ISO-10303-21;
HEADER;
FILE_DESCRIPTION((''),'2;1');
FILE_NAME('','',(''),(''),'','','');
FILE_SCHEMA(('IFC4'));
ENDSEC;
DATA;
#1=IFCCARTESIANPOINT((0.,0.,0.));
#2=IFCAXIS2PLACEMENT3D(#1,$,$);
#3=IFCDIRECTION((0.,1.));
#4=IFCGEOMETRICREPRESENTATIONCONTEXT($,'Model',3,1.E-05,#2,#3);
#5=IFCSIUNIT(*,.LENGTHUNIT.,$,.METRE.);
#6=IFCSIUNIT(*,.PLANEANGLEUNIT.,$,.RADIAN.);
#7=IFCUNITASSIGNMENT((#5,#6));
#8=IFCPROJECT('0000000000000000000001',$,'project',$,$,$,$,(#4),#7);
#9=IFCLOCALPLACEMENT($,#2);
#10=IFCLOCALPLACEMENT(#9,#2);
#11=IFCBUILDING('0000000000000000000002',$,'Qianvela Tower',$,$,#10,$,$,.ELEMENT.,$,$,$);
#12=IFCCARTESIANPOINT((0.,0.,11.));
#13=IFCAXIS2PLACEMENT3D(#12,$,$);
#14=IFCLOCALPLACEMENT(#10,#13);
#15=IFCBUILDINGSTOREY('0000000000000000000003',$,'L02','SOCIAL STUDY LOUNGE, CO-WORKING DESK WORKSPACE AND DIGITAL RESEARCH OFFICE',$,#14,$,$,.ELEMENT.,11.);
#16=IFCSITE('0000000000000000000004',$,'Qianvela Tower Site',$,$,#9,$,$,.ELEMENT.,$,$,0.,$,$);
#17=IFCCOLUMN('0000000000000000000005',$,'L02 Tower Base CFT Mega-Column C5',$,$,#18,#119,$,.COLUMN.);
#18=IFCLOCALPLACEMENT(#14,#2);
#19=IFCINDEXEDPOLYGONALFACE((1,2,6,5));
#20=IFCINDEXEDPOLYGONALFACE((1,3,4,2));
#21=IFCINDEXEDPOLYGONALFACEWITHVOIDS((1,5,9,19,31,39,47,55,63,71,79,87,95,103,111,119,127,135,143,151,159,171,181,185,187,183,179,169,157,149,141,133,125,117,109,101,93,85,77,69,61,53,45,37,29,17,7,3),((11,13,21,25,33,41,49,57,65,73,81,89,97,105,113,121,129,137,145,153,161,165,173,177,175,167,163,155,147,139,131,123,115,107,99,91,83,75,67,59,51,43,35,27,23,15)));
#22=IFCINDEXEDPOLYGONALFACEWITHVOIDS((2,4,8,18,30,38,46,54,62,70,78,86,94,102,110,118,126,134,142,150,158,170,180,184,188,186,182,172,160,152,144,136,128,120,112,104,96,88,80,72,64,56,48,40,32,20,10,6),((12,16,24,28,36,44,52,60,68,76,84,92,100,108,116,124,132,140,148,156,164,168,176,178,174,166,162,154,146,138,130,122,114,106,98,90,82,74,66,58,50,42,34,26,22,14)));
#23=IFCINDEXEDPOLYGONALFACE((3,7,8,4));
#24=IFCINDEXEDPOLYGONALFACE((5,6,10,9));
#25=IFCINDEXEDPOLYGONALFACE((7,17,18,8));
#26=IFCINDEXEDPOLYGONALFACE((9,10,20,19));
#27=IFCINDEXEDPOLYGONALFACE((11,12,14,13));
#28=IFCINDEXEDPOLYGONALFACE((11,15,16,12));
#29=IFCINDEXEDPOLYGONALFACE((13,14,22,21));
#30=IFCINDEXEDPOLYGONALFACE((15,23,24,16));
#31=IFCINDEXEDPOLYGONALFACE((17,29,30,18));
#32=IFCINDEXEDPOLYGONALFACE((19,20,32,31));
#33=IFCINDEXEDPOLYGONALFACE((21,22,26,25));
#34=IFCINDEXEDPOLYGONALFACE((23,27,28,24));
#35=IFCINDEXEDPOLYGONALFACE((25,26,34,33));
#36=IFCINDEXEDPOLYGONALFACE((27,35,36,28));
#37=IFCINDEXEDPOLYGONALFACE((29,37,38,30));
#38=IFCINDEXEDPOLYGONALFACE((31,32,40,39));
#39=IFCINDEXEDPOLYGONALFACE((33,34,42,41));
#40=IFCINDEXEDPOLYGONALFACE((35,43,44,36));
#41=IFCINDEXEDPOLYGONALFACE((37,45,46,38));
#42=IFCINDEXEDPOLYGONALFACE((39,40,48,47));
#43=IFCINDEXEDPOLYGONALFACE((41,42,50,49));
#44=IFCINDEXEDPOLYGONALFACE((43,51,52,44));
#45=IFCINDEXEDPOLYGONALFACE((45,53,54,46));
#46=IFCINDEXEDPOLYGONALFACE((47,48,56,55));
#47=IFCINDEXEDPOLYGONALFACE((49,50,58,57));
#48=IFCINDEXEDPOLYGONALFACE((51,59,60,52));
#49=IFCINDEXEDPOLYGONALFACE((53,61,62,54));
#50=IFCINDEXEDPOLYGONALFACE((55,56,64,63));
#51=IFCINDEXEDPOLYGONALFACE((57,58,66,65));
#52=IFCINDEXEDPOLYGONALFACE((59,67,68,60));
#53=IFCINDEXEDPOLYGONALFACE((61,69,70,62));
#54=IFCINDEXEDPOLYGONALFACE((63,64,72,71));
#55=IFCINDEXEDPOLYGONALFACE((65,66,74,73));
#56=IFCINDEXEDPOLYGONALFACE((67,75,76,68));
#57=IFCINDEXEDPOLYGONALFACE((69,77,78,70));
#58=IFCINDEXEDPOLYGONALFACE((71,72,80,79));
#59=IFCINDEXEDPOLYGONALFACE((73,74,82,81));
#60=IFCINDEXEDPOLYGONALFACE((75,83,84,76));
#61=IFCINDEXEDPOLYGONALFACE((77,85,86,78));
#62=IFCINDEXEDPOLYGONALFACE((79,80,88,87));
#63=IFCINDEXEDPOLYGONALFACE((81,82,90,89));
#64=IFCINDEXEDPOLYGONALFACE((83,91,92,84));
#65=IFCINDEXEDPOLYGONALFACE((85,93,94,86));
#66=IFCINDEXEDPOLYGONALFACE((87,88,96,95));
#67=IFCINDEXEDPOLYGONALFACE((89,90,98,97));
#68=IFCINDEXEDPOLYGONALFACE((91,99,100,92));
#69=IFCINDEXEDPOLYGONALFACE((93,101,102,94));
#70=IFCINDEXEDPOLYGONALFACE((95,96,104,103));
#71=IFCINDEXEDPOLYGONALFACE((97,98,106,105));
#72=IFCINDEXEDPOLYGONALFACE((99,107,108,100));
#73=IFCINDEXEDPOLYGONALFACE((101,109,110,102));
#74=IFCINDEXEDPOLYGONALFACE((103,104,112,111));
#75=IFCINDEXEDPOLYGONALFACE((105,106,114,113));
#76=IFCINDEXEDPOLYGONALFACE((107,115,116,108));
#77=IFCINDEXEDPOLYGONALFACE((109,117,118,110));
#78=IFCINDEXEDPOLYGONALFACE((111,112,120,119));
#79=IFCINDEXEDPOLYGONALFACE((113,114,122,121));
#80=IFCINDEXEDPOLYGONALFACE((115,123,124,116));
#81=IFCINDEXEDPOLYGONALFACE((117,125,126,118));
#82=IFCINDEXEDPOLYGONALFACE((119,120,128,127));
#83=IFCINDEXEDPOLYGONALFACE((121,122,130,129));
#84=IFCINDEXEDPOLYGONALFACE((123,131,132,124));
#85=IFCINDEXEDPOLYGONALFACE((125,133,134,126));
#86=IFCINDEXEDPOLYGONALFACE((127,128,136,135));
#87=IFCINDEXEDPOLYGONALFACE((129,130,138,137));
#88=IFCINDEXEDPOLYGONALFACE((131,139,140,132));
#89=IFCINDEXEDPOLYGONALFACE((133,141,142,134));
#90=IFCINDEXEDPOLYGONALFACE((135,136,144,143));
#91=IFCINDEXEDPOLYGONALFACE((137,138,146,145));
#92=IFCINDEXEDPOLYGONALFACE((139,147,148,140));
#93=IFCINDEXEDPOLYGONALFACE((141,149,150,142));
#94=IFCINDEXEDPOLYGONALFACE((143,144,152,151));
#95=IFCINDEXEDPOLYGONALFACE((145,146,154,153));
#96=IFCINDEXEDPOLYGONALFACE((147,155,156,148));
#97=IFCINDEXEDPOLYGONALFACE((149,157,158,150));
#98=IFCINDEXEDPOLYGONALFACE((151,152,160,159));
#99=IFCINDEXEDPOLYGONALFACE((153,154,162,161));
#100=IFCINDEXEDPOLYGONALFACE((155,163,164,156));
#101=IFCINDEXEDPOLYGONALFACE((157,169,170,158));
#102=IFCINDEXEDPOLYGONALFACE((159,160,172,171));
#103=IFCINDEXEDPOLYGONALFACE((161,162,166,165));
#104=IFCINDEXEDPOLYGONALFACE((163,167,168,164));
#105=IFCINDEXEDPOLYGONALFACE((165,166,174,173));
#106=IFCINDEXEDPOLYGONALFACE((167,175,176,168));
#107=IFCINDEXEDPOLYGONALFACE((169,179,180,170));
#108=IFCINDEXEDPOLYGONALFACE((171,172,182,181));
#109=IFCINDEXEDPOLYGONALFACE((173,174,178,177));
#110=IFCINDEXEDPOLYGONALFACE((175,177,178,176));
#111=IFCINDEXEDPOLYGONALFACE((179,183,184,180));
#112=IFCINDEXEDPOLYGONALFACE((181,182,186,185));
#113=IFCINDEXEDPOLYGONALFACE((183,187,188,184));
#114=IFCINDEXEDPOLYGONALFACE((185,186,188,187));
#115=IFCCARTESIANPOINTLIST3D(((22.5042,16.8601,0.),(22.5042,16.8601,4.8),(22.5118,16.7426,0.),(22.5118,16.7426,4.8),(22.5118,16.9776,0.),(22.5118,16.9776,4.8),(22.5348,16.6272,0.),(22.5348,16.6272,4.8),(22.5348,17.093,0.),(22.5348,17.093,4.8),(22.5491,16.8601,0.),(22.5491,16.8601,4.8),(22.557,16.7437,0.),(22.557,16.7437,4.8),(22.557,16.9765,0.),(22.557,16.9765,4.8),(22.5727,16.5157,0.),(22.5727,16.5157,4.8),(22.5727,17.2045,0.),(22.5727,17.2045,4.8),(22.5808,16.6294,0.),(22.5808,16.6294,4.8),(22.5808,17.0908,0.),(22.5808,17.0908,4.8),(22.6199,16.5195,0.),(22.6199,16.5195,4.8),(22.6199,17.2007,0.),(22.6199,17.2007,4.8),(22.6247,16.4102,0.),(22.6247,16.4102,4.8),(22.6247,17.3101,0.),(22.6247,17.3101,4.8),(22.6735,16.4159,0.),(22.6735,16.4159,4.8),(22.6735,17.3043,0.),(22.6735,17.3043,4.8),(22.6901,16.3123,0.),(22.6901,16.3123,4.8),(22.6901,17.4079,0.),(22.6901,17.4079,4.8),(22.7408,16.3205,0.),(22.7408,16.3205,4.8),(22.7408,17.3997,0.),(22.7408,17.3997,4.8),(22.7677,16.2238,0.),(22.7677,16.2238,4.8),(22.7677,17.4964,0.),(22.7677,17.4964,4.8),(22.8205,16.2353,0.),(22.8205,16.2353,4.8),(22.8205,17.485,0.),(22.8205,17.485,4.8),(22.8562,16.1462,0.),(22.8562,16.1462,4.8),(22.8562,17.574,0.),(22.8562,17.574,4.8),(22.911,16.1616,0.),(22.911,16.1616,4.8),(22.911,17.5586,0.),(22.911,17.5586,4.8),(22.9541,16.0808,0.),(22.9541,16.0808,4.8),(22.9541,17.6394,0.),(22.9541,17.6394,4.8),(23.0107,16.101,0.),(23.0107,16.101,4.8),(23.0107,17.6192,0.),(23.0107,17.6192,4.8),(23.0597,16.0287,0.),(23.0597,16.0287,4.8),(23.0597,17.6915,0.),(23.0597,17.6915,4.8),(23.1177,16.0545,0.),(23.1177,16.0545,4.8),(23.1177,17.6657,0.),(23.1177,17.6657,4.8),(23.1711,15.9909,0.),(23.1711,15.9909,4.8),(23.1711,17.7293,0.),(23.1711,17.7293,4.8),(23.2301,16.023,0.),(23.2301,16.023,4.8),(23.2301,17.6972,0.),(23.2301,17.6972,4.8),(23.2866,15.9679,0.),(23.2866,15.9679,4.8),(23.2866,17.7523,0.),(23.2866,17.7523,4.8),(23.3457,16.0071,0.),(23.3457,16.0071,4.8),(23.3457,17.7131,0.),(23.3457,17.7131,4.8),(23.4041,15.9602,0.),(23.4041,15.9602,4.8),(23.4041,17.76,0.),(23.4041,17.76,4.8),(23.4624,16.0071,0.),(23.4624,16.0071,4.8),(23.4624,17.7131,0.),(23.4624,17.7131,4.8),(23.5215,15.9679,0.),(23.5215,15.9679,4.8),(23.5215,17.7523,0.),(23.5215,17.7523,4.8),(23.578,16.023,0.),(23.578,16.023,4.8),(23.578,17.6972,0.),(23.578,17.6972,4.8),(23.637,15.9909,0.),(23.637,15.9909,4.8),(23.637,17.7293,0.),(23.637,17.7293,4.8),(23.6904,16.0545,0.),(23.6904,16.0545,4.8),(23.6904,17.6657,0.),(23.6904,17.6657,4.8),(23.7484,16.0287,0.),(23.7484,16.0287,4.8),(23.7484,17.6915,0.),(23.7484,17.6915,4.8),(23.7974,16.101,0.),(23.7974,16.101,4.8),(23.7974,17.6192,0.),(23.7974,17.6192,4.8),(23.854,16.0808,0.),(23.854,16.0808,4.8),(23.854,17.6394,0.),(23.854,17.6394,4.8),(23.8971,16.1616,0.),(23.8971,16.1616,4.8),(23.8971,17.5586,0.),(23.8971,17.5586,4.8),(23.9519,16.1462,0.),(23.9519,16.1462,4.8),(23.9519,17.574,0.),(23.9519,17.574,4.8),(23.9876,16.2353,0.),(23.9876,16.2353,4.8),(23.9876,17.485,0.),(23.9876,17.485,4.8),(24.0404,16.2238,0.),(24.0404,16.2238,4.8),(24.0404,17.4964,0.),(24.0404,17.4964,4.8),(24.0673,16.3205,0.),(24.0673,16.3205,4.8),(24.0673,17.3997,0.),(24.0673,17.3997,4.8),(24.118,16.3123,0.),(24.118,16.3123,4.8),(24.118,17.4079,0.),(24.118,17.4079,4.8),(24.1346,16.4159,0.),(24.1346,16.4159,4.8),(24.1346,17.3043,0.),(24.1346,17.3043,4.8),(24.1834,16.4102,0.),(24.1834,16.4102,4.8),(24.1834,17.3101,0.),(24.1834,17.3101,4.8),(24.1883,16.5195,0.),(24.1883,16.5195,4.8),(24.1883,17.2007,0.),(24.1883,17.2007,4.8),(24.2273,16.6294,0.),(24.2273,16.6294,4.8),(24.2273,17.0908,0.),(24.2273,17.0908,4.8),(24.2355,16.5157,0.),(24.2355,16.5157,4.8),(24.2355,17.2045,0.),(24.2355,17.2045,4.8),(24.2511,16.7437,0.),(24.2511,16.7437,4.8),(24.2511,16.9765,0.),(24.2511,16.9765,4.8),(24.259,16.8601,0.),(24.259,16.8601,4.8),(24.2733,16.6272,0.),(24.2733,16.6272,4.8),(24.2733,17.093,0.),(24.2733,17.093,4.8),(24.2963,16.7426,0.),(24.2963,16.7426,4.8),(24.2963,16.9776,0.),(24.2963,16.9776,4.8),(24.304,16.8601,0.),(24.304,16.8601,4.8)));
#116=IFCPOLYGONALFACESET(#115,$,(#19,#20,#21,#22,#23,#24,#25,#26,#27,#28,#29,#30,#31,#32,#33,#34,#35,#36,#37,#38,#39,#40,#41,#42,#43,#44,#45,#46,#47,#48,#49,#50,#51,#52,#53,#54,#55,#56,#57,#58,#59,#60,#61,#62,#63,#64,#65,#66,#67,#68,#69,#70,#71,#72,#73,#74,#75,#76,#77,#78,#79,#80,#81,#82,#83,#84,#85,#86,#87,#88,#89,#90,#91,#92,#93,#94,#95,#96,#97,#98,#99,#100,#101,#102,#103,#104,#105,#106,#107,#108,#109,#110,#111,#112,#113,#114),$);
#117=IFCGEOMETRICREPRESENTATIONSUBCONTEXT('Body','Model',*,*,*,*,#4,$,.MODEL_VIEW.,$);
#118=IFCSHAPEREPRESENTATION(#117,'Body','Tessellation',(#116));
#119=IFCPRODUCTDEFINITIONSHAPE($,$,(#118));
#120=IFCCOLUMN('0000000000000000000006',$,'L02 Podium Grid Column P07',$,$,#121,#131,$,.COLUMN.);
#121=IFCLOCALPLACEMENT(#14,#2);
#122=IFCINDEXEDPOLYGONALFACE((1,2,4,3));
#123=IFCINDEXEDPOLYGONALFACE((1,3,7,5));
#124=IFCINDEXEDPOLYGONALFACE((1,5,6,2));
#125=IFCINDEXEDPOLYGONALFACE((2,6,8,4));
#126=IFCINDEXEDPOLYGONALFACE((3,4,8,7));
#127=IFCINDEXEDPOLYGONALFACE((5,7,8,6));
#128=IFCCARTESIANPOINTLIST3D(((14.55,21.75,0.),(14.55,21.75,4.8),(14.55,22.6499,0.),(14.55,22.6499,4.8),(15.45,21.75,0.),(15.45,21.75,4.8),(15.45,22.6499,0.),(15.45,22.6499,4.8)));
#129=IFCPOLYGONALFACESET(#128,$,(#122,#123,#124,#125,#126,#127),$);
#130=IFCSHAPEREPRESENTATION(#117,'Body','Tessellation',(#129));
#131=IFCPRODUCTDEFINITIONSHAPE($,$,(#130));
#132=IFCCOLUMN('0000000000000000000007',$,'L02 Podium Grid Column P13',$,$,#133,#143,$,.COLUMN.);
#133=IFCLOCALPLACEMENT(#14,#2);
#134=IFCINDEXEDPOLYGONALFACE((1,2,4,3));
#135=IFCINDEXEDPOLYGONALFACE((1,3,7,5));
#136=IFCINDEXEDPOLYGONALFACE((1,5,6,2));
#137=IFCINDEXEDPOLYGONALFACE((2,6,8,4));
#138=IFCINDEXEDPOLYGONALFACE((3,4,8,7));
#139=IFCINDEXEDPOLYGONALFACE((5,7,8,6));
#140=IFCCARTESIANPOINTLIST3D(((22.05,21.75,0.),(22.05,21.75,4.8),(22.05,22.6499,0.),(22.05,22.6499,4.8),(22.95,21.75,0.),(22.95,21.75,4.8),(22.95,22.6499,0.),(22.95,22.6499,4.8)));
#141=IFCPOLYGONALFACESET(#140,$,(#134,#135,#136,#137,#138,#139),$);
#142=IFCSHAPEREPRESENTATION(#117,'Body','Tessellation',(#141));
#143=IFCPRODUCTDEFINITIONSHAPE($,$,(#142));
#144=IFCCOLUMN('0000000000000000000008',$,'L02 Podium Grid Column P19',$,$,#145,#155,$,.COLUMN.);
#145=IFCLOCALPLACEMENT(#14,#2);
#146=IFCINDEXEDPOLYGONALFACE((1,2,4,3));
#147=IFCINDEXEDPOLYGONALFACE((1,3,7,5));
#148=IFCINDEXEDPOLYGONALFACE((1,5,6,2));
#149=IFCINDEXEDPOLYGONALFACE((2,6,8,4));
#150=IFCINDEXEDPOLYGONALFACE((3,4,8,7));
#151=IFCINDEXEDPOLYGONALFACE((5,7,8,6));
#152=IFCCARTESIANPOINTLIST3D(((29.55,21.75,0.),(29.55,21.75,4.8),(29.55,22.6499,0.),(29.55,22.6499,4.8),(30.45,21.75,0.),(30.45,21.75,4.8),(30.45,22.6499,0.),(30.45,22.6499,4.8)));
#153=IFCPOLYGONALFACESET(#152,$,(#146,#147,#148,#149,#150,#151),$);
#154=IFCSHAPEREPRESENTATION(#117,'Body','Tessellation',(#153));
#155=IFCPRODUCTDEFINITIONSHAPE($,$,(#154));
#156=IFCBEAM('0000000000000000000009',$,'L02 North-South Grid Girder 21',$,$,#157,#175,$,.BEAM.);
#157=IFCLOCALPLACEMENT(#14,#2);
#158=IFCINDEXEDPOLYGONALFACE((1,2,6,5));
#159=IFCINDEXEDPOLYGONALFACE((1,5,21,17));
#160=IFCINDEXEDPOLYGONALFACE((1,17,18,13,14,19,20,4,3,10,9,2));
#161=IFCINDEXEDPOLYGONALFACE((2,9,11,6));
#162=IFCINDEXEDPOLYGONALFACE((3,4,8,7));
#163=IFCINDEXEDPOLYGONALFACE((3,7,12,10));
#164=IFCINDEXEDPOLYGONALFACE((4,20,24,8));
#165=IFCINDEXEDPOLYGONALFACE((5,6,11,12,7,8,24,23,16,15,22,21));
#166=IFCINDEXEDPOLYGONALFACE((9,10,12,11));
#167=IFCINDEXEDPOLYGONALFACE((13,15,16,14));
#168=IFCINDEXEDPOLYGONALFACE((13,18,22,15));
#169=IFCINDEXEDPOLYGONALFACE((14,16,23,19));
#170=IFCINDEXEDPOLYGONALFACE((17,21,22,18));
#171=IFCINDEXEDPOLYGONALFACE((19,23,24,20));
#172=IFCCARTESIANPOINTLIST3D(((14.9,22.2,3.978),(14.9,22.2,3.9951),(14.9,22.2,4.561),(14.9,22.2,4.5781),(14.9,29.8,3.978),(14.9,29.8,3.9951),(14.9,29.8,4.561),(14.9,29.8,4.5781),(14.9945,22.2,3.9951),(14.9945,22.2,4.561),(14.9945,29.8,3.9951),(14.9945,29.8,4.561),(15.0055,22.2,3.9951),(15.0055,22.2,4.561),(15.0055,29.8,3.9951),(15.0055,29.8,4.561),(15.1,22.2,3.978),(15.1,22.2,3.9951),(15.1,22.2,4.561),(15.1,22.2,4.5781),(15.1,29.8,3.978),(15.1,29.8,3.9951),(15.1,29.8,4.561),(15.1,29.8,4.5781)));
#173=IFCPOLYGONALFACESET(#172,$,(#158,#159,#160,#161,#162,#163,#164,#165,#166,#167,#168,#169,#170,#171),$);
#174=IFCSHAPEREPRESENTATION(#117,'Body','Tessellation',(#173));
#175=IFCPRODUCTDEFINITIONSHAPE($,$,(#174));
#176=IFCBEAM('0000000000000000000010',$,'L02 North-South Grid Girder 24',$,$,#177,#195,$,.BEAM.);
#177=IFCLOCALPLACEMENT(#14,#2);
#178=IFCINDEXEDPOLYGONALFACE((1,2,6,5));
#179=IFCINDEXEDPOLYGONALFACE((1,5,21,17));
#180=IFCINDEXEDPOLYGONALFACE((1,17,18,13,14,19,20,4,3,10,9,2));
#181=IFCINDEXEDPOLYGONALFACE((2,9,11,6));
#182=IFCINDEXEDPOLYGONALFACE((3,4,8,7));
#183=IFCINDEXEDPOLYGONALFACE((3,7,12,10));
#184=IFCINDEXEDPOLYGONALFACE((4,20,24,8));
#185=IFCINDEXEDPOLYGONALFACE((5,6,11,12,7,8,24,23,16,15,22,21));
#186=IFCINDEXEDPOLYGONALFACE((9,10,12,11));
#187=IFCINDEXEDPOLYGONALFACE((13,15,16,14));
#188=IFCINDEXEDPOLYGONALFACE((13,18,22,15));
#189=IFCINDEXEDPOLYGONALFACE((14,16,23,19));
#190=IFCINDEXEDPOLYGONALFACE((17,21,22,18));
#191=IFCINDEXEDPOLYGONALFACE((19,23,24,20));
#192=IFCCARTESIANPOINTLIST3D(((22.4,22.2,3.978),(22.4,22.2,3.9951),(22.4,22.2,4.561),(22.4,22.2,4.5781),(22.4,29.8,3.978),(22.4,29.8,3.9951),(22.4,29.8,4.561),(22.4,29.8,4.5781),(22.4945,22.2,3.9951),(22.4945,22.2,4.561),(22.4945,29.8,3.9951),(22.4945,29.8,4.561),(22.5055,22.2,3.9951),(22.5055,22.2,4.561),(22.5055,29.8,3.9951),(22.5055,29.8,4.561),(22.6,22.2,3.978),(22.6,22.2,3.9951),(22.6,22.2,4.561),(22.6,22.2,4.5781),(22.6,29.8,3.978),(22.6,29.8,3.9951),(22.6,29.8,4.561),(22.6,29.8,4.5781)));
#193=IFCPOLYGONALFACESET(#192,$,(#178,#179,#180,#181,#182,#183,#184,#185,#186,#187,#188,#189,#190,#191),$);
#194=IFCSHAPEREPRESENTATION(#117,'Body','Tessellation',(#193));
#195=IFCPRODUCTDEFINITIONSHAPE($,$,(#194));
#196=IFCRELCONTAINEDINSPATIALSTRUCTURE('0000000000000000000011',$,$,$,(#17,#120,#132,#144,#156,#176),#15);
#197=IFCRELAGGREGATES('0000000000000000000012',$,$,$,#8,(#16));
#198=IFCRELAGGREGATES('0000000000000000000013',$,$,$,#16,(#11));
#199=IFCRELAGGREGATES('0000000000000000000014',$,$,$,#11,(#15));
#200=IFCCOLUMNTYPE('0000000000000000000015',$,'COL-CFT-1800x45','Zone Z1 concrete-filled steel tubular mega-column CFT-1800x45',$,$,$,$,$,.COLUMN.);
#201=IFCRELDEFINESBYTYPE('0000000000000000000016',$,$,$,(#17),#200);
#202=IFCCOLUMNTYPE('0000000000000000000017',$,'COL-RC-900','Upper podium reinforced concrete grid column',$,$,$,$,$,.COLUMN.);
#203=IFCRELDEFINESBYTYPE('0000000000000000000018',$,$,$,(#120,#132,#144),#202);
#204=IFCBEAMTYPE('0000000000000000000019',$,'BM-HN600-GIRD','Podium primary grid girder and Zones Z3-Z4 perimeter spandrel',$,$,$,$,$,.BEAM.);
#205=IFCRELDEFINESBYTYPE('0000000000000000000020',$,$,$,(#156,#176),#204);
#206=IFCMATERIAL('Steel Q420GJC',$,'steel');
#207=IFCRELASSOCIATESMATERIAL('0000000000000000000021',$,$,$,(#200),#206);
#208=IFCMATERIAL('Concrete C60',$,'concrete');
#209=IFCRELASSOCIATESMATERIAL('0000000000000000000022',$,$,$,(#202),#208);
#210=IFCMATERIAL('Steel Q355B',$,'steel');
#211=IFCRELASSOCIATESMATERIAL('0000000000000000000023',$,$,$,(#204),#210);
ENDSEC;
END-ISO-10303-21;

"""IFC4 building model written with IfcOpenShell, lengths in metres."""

from ifc_helpers import new_model, si_unit, direction, frame, origin, origin_2d, place, context, subcontext, project, spatial, rectangle, hollow_circle, i_section, extrude, material, material_profile, profile_set, type_object, element, save


model = new_model("IFC4")

# Units and contexts
model_context = context("Model", 3, precision=1e-05, world=origin(), true_north=direction((0.0, 1.0)))
body_context = subcontext(model_context, "Body", "Model", "MODEL_VIEW")
ifc_project = project(units=[si_unit("LENGTHUNIT", "METRE"), si_unit("PLANEANGLEUNIT", "RADIAN")], contexts=[model_context])

# Site, building, storey
site_placement = place(None, origin())
site = spatial("IfcSite", under=ifc_project, at=site_placement, Name="Qianvela Tower Site", CompositionType="ELEMENT", RefElevation=0.0)
building_placement = place(site_placement, origin())
building = spatial("IfcBuilding", under=site, at=building_placement, Name="Qianvela Tower", CompositionType="ELEMENT")
storey_placement = place(building_placement, frame((0.0, 0.0, 11.0)))
storey = spatial("IfcBuildingStorey", under=building, at=storey_placement, Name="L02", Description="SOCIAL STUDY LOUNGE, CO-WORKING DESK WORKSPACE AND DIGITAL RESEARCH OFFICE", CompositionType="ELEMENT", Elevation=11.0)

# Columns
ifc_material_1 = material(Name="Steel Q420GJC", Category="steel")
ifc_material_profile_1 = material_profile(ifc_material_1, hollow_circle(Radius=0.8999, WallThickness=0.0449, at=origin_2d()), Name="CFT-1800x45")
ifc_profile_set_1 = profile_set([ifc_material_profile_1], Name="Steel Q420GJC")
column_type_1 = type_object("IfcColumnType", Name="COL-CFT-1800x45", Description="Zone Z1 concrete-filled steel tubular mega-column CFT-1800x45", PredefinedType="COLUMN", material=ifc_profile_set_1)
column_placement = place(storey_placement, frame((23.4041, 16.8601, 0.0), z_axis=(0.0, 0.0, 1.0), x_axis=(1.0, 0.0, 0.0)))
element("IfcColumn", 1, at=column_placement, inside=storey, type_object=column_type_1, Name="L02 Tower Base CFT Mega-Column C5", PredefinedType="COLUMN", context=body_context, shape_type="SweptSolid", body=[
    extrude(hollow_circle(Radius=0.8999, WallThickness=0.0449, at=origin_2d()), origin(), (0.0, 0.0, 1.0), 4.8),
])
ifc_material_2 = material(Name="Concrete C60", Category="concrete")
ifc_material_profile_2 = material_profile(ifc_material_2, rectangle(XDim=0.8999, YDim=0.8999, at=origin_2d()), Name="RC-COL-900x900")
ifc_profile_set_2 = profile_set([ifc_material_profile_2], Name="Concrete C60")
column_type_2 = type_object("IfcColumnType", Name="COL-RC-900", Description="Upper podium reinforced concrete grid column", PredefinedType="COLUMN", material=ifc_profile_set_2)
for number, where, z_axis, x_axis, name in (
    (2, (15.0, 22.2, 0.0), (0.0, 0.0, 1.0), (1.0, 0.0, 0.0), "L02 Podium Grid Column P07"),
    (3, (22.5, 22.2, 0.0), (0.0, 0.0, 1.0), (1.0, 0.0, 0.0), "L02 Podium Grid Column P13"),
    (4, (30.0, 22.2, 0.0), (0.0, 0.0, 1.0), (1.0, 0.0, 0.0), "L02 Podium Grid Column P19"),
):
    element("IfcColumn", number, at=place(storey_placement, frame(where, z_axis=z_axis, x_axis=x_axis)), inside=storey, type_object=column_type_2, Name=name, PredefinedType="COLUMN", context=body_context, shape_type="SweptSolid", body=[
        extrude(rectangle(XDim=0.8999, YDim=0.8999, at=origin_2d()), origin(), (0.0, 0.0, 1.0), 4.8),
    ])

# Beams
ifc_material_3 = material(Name="Steel Q355B", Category="steel")
ifc_material_profile_3 = material_profile(ifc_material_3, i_section(OverallWidth=0.2, OverallDepth=0.6001, WebThickness=0.011, FlangeThickness=0.0171, at=origin_2d()), Name="HN600x200x11x17")
ifc_profile_set_3 = profile_set([ifc_material_profile_3], Name="Steel Q355B")
beam_type_1 = type_object("IfcBeamType", Name="BM-HN600-GIRD", Description="Podium primary grid girder and Zones Z3-Z4 perimeter spandrel", PredefinedType="BEAM", material=ifc_profile_set_3)
for number, where, z_axis, x_axis, name in (
    (5, (15.0, 22.2, 4.2781), (0.0, 1.0, 0.0), (-1.0, 0.0, 0.0), "L02 North-South Grid Girder 21"),
    (6, (22.5, 22.2, 4.2781), (0.0, 1.0, 0.0), (-1.0, 0.0, 0.0), "L02 North-South Grid Girder 24"),
):
    element("IfcBeam", number, at=place(storey_placement, frame(where, z_axis=z_axis, x_axis=x_axis)), inside=storey, type_object=beam_type_1, Name=name, PredefinedType="BEAM", context=body_context, shape_type="SweptSolid", body=[
        extrude(i_section(OverallWidth=0.2, OverallDepth=0.6001, WebThickness=0.011, FlangeThickness=0.0171, at=origin_2d()), origin(), (0.0, 0.0, 1.0), 7.6001),
    ])

save(model, "model.ifc")
